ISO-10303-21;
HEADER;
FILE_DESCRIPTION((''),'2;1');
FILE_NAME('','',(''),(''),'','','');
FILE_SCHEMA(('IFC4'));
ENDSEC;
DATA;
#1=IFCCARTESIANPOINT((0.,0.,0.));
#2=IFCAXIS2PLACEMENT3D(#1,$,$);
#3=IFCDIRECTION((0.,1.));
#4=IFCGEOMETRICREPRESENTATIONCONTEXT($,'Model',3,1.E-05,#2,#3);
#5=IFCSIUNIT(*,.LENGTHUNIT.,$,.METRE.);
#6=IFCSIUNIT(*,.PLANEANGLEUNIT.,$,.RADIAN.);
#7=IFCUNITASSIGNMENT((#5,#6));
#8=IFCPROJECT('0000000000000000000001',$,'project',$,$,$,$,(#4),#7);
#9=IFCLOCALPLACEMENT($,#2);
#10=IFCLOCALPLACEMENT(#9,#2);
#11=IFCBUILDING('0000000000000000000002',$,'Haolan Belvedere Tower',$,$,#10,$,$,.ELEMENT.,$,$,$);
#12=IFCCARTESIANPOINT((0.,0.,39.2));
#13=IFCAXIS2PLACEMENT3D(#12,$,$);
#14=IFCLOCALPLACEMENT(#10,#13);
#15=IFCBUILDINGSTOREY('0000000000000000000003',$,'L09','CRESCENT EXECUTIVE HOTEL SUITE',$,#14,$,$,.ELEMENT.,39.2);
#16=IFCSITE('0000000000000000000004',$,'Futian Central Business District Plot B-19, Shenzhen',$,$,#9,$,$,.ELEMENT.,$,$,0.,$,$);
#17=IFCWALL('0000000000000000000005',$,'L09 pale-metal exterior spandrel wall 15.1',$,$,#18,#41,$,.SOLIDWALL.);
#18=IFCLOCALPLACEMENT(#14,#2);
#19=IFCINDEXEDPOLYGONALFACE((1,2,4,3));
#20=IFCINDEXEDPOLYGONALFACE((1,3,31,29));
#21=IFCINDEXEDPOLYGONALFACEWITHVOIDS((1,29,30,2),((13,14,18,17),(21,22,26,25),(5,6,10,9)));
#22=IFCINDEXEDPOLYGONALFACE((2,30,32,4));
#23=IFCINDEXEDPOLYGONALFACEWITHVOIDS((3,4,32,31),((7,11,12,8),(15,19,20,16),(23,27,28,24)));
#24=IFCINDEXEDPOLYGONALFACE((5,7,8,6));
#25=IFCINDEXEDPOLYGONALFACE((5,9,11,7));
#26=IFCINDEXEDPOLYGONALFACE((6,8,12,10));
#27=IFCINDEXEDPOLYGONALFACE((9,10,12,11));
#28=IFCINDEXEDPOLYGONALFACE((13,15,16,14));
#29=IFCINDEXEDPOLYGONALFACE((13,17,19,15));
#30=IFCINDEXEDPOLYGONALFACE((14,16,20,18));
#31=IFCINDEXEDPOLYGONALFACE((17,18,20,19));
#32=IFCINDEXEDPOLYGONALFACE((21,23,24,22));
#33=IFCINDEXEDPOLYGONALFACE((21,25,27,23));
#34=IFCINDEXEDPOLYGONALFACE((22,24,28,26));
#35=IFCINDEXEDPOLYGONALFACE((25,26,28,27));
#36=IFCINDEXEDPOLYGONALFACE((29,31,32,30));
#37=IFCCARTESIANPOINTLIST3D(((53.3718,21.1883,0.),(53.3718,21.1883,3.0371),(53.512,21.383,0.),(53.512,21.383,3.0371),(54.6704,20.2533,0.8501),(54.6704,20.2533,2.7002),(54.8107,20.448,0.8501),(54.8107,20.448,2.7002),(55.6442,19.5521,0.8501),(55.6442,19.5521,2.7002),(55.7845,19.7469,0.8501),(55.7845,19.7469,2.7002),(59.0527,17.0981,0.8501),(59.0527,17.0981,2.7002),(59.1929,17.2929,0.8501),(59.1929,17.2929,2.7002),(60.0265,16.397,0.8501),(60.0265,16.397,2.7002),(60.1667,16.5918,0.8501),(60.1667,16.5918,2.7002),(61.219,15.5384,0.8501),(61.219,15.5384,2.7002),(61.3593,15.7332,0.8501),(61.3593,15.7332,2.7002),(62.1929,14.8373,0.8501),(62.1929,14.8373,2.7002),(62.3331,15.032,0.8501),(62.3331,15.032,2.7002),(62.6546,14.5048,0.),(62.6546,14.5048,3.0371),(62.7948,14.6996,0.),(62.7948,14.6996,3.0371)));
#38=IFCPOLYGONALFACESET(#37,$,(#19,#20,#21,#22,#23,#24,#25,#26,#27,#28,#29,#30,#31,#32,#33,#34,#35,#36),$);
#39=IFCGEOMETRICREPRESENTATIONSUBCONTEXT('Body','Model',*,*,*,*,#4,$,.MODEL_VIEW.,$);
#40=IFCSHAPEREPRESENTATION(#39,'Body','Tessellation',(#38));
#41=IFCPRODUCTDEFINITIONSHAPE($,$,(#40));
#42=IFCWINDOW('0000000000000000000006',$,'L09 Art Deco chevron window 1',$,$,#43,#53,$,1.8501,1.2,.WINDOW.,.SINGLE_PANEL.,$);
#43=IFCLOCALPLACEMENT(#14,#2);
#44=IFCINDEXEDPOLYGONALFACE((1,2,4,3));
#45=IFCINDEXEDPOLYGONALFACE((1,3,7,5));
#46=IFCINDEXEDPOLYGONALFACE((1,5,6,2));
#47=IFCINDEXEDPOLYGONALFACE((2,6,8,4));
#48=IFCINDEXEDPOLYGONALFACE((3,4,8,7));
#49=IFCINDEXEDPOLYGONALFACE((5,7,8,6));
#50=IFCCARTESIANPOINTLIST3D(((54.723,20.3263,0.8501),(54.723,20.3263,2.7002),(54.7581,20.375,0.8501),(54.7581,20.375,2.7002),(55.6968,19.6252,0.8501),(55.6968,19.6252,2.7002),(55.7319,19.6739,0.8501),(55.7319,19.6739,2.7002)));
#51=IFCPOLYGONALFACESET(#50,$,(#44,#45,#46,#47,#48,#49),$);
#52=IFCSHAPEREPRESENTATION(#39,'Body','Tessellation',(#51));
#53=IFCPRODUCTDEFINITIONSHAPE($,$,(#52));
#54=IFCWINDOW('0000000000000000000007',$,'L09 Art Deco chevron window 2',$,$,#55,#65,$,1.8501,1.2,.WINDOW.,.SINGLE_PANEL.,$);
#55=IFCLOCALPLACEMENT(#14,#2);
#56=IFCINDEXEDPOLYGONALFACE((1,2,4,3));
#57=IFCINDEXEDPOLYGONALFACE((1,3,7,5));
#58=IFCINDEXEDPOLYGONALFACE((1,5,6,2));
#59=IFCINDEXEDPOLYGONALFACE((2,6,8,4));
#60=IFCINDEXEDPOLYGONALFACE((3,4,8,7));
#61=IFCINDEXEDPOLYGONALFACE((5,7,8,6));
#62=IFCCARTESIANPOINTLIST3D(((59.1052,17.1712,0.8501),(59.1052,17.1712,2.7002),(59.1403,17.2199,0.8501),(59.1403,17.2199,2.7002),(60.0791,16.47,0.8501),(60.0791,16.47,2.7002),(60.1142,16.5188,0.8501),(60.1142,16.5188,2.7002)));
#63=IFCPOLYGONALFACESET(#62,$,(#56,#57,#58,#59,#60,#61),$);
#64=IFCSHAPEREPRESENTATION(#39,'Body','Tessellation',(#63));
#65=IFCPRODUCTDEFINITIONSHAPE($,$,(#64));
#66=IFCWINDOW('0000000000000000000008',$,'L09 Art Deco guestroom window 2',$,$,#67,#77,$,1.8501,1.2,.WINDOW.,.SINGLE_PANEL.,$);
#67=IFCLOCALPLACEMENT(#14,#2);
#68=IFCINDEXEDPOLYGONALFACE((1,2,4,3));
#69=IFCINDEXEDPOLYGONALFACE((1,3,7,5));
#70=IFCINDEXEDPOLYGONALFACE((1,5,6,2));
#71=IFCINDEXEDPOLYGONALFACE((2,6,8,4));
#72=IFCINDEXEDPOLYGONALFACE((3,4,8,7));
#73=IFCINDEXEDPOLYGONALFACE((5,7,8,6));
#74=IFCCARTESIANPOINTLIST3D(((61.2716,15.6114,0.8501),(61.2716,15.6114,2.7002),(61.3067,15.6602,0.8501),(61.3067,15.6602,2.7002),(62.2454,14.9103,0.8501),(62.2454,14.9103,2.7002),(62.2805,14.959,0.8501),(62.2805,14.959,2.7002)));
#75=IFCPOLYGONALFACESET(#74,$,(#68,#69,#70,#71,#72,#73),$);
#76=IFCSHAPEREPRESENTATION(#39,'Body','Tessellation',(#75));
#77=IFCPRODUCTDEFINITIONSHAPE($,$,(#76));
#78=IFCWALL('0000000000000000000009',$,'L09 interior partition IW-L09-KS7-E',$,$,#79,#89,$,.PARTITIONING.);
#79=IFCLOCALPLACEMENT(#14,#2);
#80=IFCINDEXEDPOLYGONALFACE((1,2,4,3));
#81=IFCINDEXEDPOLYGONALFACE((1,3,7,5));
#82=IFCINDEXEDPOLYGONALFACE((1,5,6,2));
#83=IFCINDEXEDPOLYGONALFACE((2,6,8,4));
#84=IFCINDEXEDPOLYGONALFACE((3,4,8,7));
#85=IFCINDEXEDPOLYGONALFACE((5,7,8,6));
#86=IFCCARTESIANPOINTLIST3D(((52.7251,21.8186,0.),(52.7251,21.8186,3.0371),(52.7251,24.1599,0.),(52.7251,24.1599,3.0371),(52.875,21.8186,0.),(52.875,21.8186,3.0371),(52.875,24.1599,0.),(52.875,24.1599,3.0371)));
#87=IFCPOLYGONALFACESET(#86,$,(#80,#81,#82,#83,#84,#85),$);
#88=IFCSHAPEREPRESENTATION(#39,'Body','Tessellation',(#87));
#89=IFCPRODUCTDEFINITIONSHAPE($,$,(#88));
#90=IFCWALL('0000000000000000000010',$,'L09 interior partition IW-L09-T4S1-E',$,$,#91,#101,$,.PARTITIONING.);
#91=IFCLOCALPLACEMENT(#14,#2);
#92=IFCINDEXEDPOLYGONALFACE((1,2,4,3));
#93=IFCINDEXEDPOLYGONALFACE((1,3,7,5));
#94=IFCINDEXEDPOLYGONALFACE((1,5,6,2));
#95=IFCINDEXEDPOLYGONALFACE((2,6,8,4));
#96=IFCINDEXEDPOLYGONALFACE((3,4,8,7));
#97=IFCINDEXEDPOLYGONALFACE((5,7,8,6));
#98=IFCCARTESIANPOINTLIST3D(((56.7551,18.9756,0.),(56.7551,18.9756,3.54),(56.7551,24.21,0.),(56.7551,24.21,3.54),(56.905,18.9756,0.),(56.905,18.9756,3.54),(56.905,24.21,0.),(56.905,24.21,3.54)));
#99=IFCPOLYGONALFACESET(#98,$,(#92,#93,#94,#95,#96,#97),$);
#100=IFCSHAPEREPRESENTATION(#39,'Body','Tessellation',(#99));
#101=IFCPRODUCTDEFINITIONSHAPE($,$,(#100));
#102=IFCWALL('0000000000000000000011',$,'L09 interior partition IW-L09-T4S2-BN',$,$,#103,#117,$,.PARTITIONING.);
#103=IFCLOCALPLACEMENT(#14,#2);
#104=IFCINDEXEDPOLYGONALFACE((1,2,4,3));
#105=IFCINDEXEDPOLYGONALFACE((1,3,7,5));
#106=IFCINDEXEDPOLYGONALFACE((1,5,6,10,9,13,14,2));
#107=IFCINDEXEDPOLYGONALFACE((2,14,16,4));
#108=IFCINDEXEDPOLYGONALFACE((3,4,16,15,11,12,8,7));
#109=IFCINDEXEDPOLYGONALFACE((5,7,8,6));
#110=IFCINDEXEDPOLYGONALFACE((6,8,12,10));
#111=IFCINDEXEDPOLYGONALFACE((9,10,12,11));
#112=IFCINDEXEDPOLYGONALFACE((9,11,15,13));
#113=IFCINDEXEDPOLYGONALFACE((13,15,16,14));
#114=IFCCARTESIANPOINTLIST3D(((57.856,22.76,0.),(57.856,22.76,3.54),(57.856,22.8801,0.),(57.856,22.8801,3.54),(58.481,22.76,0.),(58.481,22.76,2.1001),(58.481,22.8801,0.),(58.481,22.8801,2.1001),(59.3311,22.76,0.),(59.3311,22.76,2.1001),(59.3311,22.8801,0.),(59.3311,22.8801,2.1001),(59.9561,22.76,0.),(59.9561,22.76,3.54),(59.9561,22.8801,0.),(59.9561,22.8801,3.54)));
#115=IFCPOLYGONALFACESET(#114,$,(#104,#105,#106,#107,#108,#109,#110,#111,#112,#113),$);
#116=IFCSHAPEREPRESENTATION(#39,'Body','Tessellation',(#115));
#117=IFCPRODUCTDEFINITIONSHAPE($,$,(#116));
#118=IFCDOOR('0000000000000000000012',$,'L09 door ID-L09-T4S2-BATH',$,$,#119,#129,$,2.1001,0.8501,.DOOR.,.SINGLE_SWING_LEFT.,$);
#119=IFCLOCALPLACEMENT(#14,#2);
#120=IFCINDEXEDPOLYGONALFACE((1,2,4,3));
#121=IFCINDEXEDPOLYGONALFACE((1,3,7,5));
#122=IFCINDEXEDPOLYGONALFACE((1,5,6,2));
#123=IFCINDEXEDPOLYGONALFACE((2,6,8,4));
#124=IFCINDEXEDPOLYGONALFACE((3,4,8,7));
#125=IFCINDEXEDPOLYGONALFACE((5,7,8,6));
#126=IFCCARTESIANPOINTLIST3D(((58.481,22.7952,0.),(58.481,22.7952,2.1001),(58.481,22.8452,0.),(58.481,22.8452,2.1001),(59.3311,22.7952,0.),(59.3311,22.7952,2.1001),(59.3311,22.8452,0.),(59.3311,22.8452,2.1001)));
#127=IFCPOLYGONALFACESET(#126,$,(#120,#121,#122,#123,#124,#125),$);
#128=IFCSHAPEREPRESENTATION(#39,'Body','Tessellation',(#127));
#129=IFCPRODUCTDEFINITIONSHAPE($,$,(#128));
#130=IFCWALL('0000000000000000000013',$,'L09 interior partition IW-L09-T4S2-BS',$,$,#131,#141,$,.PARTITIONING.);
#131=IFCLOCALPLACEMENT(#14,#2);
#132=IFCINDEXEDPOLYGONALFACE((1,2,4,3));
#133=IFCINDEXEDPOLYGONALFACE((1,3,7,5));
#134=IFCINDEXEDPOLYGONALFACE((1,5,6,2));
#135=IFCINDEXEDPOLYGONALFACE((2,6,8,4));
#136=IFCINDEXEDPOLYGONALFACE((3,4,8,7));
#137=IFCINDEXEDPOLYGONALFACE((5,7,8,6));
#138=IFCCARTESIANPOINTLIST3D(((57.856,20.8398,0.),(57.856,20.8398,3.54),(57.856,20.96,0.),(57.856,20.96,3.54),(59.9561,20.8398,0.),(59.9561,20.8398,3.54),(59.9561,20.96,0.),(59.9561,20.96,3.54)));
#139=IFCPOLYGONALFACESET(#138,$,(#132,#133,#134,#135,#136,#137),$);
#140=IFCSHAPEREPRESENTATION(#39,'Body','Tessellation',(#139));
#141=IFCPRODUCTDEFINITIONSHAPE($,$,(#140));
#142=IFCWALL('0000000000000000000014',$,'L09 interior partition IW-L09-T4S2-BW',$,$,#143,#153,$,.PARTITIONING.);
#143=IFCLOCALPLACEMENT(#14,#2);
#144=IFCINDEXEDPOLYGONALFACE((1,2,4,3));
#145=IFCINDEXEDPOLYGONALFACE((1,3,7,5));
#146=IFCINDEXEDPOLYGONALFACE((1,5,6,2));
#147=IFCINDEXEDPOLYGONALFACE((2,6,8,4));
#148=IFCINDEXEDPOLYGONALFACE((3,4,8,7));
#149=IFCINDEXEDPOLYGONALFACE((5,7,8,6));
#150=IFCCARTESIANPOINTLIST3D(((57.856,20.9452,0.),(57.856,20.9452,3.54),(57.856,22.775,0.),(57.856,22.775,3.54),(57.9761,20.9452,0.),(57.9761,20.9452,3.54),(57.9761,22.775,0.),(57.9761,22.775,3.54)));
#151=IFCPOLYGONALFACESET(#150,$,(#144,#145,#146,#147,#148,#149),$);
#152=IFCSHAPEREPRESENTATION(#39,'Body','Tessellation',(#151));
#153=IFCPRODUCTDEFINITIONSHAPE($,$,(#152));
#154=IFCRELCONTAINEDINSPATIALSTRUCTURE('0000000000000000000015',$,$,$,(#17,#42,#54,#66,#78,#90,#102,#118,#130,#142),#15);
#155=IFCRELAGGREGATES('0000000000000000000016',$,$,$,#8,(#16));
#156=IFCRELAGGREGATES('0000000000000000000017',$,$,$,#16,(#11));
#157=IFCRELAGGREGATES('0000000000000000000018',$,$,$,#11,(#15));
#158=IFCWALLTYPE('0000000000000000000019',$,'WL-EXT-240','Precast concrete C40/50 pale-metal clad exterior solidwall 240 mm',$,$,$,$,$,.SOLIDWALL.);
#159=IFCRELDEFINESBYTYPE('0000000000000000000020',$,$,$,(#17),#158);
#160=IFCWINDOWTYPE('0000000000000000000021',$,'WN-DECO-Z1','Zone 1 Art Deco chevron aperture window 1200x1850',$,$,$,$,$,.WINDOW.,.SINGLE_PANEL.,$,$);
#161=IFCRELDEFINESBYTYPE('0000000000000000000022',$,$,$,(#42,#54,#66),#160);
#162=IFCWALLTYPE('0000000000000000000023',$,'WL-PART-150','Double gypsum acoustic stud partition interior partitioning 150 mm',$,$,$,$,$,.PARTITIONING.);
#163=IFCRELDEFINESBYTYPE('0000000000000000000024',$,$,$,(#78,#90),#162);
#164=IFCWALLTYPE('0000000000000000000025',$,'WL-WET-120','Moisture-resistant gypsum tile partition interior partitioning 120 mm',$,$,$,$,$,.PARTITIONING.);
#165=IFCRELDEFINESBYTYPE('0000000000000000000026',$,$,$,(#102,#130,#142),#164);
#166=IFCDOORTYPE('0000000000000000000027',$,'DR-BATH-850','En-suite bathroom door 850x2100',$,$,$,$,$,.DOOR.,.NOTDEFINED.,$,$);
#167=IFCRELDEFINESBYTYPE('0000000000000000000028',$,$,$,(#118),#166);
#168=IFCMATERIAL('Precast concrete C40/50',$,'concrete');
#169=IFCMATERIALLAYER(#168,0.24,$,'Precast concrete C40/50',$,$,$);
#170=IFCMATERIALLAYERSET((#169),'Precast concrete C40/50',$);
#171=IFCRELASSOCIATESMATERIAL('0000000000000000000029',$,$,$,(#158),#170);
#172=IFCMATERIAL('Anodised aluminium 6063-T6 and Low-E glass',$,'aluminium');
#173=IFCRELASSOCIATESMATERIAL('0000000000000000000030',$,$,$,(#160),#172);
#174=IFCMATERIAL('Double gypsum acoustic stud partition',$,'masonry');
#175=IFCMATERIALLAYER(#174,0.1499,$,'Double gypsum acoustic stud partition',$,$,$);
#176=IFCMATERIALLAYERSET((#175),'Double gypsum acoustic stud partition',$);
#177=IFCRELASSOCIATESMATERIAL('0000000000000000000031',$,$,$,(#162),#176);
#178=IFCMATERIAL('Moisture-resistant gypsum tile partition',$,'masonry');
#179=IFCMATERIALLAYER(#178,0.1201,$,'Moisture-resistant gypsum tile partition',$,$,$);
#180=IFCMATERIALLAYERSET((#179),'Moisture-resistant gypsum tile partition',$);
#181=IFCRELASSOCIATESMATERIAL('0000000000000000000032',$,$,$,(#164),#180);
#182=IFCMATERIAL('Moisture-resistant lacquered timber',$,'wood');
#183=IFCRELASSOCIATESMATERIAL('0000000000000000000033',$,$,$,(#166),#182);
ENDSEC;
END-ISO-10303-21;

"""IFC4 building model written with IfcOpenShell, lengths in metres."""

from ifc_helpers import new_model, si_unit, direction, frame, frame_2d, origin, place, context, subcontext, project, spatial, rectangle, extrude, material, layer, layer_set, type_object, element, fill, save


model = new_model("IFC4")

# Units and contexts
model_context = context("Model", 3, precision=1e-05, world=origin(), true_north=direction((0.0, 1.0)))
body_context = subcontext(model_context, "Body", "Model", "MODEL_VIEW")
ifc_project = project(units=[si_unit("LENGTHUNIT", "METRE"), si_unit("PLANEANGLEUNIT", "RADIAN")], contexts=[model_context])

# Site, building, storey
site_placement = place(None, origin())
site = spatial("IfcSite", under=ifc_project, at=site_placement, Name="Futian Central Business District Plot B-19, Shenzhen", CompositionType="ELEMENT", RefElevation=0.0)
building_placement = place(site_placement, origin())
building = spatial("IfcBuilding", under=site, at=building_placement, Name="Haolan Belvedere Tower", CompositionType="ELEMENT")
storey_placement = place(building_placement, frame((0.0, 0.0, 39.2)))
storey = spatial("IfcBuildingStorey", under=building, at=storey_placement, Name="L09", Description="CRESCENT EXECUTIVE HOTEL SUITE", CompositionType="ELEMENT", Elevation=39.2)

# Wall, openings, windows
ifc_material_1 = material(Name="Precast concrete C40/50", Category="concrete")
ifc_layer_1 = layer(ifc_material_1, 0.24, Name="Precast concrete C40/50")
ifc_layer_set_1 = layer_set([ifc_layer_1], Name="Precast concrete C40/50")
wall_type_1 = type_object("IfcWallType", Name="WL-EXT-240", Description="Precast concrete C40/50 pale-metal clad exterior solidwall 240 mm", PredefinedType="SOLIDWALL", material=ifc_layer_set_1)
wall_1_placement = place(storey_placement, frame((53.4419, 21.2856, 0.0), z_axis=(0.0, 0.0, 1.0), x_axis=(0.811543, -0.584293, 0.0)))
wall_1 = element("IfcWall", 1, at=wall_1_placement, inside=storey, type_object=wall_type_1, Name="L09 pale-metal exterior spandrel wall 15.1", PredefinedType="SOLIDWALL", context=body_context, shape_type="SweptSolid", body=[
    extrude(rectangle(XDim=11.4385, YDim=0.24, at=frame_2d((5.7192, 0.0))), origin(), (0.0, 0.0, 1.0), 3.0371),
])
opening_1_placement = place(wall_1_placement, frame((1.6001, 0.0, 0.8501)))
opening_1 = element("IfcOpeningElement", 2, at=opening_1_placement, cuts=wall_1, PredefinedType="OPENING", context=body_context, shape_type="SweptSolid", body=[
    extrude(rectangle(XDim=1.2, YDim=1.8501, at=frame_2d((0.6001, 0.925))), frame((0.0, 0.1299, 0.0), z_axis=(0.0, -1.0, 0.0), x_axis=(1.0, 0.0, 0.0)), (0.0, 0.0, 1.0), 0.26),
])
opening_2_placement = place(wall_1_placement, frame((7.0, 0.0, 0.8501)))
opening_2 = element("IfcOpeningElement", 3, at=opening_2_placement, cuts=wall_1, PredefinedType="OPENING", context=body_context, shape_type="SweptSolid", body=[
    extrude(rectangle(XDim=1.2, YDim=1.8501, at=frame_2d((0.6001, 0.925))), frame((0.0, 0.1299, 0.0), z_axis=(0.0, -1.0, 0.0), x_axis=(1.0, 0.0, 0.0)), (0.0, 0.0, 1.0), 0.26),
])
opening_3_placement = place(wall_1_placement, frame((9.6694, 0.0, 0.8501)))
opening_3 = element("IfcOpeningElement", 4, at=opening_3_placement, cuts=wall_1, PredefinedType="OPENING", context=body_context, shape_type="SweptSolid", body=[
    extrude(rectangle(XDim=1.2, YDim=1.8501, at=frame_2d((0.6001, 0.925))), frame((0.0, 0.1299, 0.0), z_axis=(0.0, -1.0, 0.0), x_axis=(1.0, 0.0, 0.0)), (0.0, 0.0, 1.0), 0.26),
])
ifc_material_2 = material(Name="Anodised aluminium 6063-T6 and Low-E glass", Category="aluminium")
window_type = type_object("IfcWindowType", Name="WN-DECO-Z1", Description="Zone 1 Art Deco chevron aperture window 1200x1850", PartitioningType="SINGLE_PANEL", PredefinedType="WINDOW", material=ifc_material_2)
window_1_placement = place(opening_1_placement, origin())
window_1 = element("IfcWindow", 5, at=window_1_placement, inside=storey, type_object=window_type, Name="L09 Art Deco chevron window 1", OverallHeight=1.8501, OverallWidth=1.2, PartitioningType="SINGLE_PANEL", PredefinedType="WINDOW", context=body_context, shape_type="SweptSolid", body=[
    extrude(rectangle(XDim=1.2, YDim=1.8501, at=frame_2d((0.6001, 0.925))), frame((0.0, 0.03, 0.0), z_axis=(0.0, -1.0, 0.0), x_axis=(1.0, 0.0, 0.0)), (0.0, 0.0, 1.0), 0.0601),
])
fill(opening_1, window_1)
window_2_placement = place(opening_2_placement, origin())
window_2 = element("IfcWindow", 6, at=window_2_placement, inside=storey, type_object=window_type, Name="L09 Art Deco chevron window 2", OverallHeight=1.8501, OverallWidth=1.2, PartitioningType="SINGLE_PANEL", PredefinedType="WINDOW", context=body_context, shape_type="SweptSolid", body=[
    extrude(rectangle(XDim=1.2, YDim=1.8501, at=frame_2d((0.6001, 0.925))), frame((0.0, 0.03, 0.0), z_axis=(0.0, -1.0, 0.0), x_axis=(1.0, 0.0, 0.0)), (0.0, 0.0, 1.0), 0.0601),
])
fill(opening_2, window_2)
window_3_placement = place(opening_3_placement, origin())
window_3 = element("IfcWindow", 7, at=window_3_placement, inside=storey, type_object=window_type, Name="L09 Art Deco guestroom window 2", OverallHeight=1.8501, OverallWidth=1.2, PartitioningType="SINGLE_PANEL", PredefinedType="WINDOW", context=body_context, shape_type="SweptSolid", body=[
    extrude(rectangle(XDim=1.2, YDim=1.8501, at=frame_2d((0.6001, 0.925))), frame((0.0, 0.03, 0.0), z_axis=(0.0, -1.0, 0.0), x_axis=(1.0, 0.0, 0.0)), (0.0, 0.0, 1.0), 0.0601),
])
fill(opening_3, window_3)

# Wall
ifc_material_3 = material(Name="Double gypsum acoustic stud partition", Category="masonry")
ifc_layer_2 = layer(ifc_material_3, 0.1499, Name="Double gypsum acoustic stud partition")
ifc_layer_set_2 = layer_set([ifc_layer_2], Name="Double gypsum acoustic stud partition")
wall_type_2 = type_object("IfcWallType", Name="WL-PART-150", Description="Double gypsum acoustic stud partition interior partitioning 150 mm", PredefinedType="PARTITIONING", material=ifc_layer_set_2)
wall_2_placement = place(storey_placement, frame((52.8, 21.8186, 0.0), z_axis=(0.0, 0.0, 1.0), x_axis=(0.0, 1.0, 0.0)))
element("IfcWall", 8, at=wall_2_placement, inside=storey, type_object=wall_type_2, Name="L09 interior partition IW-L09-KS7-E", PredefinedType="PARTITIONING", context=body_context, shape_type="SweptSolid", body=[
    extrude(rectangle(XDim=2.3413, YDim=0.1499, at=frame_2d((1.1707, 0.0))), origin(), (0.0, 0.0, 1.0), 3.0371),
])

# Wall
wall_3_placement = place(storey_placement, frame((56.8301, 18.9756, 0.0), z_axis=(0.0, 0.0, 1.0), x_axis=(0.0, 1.0, 0.0)))
element("IfcWall", 9, at=wall_3_placement, inside=storey, type_object=wall_type_2, Name="L09 interior partition IW-L09-T4S1-E", PredefinedType="PARTITIONING", context=body_context, shape_type="SweptSolid", body=[
    extrude(rectangle(XDim=5.2344, YDim=0.1499, at=frame_2d((2.6172, 0.0))), origin(), (0.0, 0.0, 1.0), 3.54),
])

# Wall, opening, door
ifc_material_4 = material(Name="Moisture-resistant gypsum tile partition", Category="masonry")
ifc_layer_3 = layer(ifc_material_4, 0.1201, Name="Moisture-resistant gypsum tile partition")
ifc_layer_set_3 = layer_set([ifc_layer_3], Name="Moisture-resistant gypsum tile partition")
wall_type_3 = type_object("IfcWallType", Name="WL-WET-120", Description="Moisture-resistant gypsum tile partition interior partitioning 120 mm", PredefinedType="PARTITIONING", material=ifc_layer_set_3)
wall_4_placement = place(storey_placement, frame((57.856, 22.8201, 0.0), z_axis=(0.0, 0.0, 1.0), x_axis=(1.0, 0.0, 0.0)))
wall_4 = element("IfcWall", 10, at=wall_4_placement, inside=storey, type_object=wall_type_3, Name="L09 interior partition IW-L09-T4S2-BN", PredefinedType="PARTITIONING", context=body_context, shape_type="SweptSolid", body=[
    extrude(rectangle(XDim=2.1001, YDim=0.1201, at=frame_2d((1.05, 0.0))), origin(), (0.0, 0.0, 1.0), 3.54),
])
opening_4_placement = place(wall_4_placement, frame((1.4751, 0.0, 0.0), z_axis=(0.0, 0.0, 1.0), x_axis=(-1.0, 0.0, 0.0)))
opening_4 = element("IfcOpeningElement", 11, at=opening_4_placement, cuts=wall_4, PredefinedType="OPENING", context=body_context, shape_type="SweptSolid", body=[
    extrude(rectangle(XDim=0.8501, YDim=2.1001, at=frame_2d((0.425, 1.05))), frame((0.0, 0.0701, 0.0), z_axis=(0.0, -1.0, 0.0), x_axis=(1.0, 0.0, 0.0)), (0.0, 0.0, 1.0), 0.1401),
])
ifc_material_5 = material(Name="Moisture-resistant lacquered timber", Category="wood")
door_type_1 = type_object("IfcDoorType", Name="DR-BATH-850", Description="En-suite bathroom door 850x2100", OperationType="NOTDEFINED", PredefinedType="DOOR", material=ifc_material_5)
door_1_placement = place(opening_4_placement, origin())
door_1 = element("IfcDoor", 12, at=door_1_placement, inside=storey, type_object=door_type_1, Name="L09 door ID-L09-T4S2-BATH", OperationType="SINGLE_SWING_LEFT", OverallHeight=2.1001, OverallWidth=0.8501, PredefinedType="DOOR", context=body_context, shape_type="SweptSolid", body=[
    extrude(rectangle(XDim=0.8501, YDim=2.1001, at=frame_2d((0.425, 1.05))), frame((0.0, 0.0249, 0.0), z_axis=(0.0, -1.0, 0.0), x_axis=(1.0, 0.0, 0.0)), (0.0, 0.0, 1.0), 0.05),
])
fill(opening_4, door_1)

# Walls
wall_5_placement = place(storey_placement, frame((57.856, 20.8999, 0.0), z_axis=(0.0, 0.0, 1.0), x_axis=(1.0, 0.0, 0.0)))
element("IfcWall", 13, at=wall_5_placement, inside=storey, type_object=wall_type_3, Name="L09 interior partition IW-L09-T4S2-BS", PredefinedType="PARTITIONING", context=body_context, shape_type="SweptSolid", body=[
    extrude(rectangle(XDim=2.1001, YDim=0.1201, at=frame_2d((1.05, 0.0))), origin(), (0.0, 0.0, 1.0), 3.54),
])
wall_6_placement = place(storey_placement, frame((57.916, 20.9451, 0.0), z_axis=(0.0, 0.0, 1.0), x_axis=(0.0, 1.0, 0.0)))
element("IfcWall", 14, at=wall_6_placement, inside=storey, type_object=wall_type_3, Name="L09 interior partition IW-L09-T4S2-BW", PredefinedType="PARTITIONING", context=body_context, shape_type="SweptSolid", body=[
    extrude(rectangle(XDim=1.8298, YDim=0.1201, at=frame_2d((0.915, 0.0))), origin(), (0.0, 0.0, 1.0), 3.54),
])

save(model, "model.ifc")
